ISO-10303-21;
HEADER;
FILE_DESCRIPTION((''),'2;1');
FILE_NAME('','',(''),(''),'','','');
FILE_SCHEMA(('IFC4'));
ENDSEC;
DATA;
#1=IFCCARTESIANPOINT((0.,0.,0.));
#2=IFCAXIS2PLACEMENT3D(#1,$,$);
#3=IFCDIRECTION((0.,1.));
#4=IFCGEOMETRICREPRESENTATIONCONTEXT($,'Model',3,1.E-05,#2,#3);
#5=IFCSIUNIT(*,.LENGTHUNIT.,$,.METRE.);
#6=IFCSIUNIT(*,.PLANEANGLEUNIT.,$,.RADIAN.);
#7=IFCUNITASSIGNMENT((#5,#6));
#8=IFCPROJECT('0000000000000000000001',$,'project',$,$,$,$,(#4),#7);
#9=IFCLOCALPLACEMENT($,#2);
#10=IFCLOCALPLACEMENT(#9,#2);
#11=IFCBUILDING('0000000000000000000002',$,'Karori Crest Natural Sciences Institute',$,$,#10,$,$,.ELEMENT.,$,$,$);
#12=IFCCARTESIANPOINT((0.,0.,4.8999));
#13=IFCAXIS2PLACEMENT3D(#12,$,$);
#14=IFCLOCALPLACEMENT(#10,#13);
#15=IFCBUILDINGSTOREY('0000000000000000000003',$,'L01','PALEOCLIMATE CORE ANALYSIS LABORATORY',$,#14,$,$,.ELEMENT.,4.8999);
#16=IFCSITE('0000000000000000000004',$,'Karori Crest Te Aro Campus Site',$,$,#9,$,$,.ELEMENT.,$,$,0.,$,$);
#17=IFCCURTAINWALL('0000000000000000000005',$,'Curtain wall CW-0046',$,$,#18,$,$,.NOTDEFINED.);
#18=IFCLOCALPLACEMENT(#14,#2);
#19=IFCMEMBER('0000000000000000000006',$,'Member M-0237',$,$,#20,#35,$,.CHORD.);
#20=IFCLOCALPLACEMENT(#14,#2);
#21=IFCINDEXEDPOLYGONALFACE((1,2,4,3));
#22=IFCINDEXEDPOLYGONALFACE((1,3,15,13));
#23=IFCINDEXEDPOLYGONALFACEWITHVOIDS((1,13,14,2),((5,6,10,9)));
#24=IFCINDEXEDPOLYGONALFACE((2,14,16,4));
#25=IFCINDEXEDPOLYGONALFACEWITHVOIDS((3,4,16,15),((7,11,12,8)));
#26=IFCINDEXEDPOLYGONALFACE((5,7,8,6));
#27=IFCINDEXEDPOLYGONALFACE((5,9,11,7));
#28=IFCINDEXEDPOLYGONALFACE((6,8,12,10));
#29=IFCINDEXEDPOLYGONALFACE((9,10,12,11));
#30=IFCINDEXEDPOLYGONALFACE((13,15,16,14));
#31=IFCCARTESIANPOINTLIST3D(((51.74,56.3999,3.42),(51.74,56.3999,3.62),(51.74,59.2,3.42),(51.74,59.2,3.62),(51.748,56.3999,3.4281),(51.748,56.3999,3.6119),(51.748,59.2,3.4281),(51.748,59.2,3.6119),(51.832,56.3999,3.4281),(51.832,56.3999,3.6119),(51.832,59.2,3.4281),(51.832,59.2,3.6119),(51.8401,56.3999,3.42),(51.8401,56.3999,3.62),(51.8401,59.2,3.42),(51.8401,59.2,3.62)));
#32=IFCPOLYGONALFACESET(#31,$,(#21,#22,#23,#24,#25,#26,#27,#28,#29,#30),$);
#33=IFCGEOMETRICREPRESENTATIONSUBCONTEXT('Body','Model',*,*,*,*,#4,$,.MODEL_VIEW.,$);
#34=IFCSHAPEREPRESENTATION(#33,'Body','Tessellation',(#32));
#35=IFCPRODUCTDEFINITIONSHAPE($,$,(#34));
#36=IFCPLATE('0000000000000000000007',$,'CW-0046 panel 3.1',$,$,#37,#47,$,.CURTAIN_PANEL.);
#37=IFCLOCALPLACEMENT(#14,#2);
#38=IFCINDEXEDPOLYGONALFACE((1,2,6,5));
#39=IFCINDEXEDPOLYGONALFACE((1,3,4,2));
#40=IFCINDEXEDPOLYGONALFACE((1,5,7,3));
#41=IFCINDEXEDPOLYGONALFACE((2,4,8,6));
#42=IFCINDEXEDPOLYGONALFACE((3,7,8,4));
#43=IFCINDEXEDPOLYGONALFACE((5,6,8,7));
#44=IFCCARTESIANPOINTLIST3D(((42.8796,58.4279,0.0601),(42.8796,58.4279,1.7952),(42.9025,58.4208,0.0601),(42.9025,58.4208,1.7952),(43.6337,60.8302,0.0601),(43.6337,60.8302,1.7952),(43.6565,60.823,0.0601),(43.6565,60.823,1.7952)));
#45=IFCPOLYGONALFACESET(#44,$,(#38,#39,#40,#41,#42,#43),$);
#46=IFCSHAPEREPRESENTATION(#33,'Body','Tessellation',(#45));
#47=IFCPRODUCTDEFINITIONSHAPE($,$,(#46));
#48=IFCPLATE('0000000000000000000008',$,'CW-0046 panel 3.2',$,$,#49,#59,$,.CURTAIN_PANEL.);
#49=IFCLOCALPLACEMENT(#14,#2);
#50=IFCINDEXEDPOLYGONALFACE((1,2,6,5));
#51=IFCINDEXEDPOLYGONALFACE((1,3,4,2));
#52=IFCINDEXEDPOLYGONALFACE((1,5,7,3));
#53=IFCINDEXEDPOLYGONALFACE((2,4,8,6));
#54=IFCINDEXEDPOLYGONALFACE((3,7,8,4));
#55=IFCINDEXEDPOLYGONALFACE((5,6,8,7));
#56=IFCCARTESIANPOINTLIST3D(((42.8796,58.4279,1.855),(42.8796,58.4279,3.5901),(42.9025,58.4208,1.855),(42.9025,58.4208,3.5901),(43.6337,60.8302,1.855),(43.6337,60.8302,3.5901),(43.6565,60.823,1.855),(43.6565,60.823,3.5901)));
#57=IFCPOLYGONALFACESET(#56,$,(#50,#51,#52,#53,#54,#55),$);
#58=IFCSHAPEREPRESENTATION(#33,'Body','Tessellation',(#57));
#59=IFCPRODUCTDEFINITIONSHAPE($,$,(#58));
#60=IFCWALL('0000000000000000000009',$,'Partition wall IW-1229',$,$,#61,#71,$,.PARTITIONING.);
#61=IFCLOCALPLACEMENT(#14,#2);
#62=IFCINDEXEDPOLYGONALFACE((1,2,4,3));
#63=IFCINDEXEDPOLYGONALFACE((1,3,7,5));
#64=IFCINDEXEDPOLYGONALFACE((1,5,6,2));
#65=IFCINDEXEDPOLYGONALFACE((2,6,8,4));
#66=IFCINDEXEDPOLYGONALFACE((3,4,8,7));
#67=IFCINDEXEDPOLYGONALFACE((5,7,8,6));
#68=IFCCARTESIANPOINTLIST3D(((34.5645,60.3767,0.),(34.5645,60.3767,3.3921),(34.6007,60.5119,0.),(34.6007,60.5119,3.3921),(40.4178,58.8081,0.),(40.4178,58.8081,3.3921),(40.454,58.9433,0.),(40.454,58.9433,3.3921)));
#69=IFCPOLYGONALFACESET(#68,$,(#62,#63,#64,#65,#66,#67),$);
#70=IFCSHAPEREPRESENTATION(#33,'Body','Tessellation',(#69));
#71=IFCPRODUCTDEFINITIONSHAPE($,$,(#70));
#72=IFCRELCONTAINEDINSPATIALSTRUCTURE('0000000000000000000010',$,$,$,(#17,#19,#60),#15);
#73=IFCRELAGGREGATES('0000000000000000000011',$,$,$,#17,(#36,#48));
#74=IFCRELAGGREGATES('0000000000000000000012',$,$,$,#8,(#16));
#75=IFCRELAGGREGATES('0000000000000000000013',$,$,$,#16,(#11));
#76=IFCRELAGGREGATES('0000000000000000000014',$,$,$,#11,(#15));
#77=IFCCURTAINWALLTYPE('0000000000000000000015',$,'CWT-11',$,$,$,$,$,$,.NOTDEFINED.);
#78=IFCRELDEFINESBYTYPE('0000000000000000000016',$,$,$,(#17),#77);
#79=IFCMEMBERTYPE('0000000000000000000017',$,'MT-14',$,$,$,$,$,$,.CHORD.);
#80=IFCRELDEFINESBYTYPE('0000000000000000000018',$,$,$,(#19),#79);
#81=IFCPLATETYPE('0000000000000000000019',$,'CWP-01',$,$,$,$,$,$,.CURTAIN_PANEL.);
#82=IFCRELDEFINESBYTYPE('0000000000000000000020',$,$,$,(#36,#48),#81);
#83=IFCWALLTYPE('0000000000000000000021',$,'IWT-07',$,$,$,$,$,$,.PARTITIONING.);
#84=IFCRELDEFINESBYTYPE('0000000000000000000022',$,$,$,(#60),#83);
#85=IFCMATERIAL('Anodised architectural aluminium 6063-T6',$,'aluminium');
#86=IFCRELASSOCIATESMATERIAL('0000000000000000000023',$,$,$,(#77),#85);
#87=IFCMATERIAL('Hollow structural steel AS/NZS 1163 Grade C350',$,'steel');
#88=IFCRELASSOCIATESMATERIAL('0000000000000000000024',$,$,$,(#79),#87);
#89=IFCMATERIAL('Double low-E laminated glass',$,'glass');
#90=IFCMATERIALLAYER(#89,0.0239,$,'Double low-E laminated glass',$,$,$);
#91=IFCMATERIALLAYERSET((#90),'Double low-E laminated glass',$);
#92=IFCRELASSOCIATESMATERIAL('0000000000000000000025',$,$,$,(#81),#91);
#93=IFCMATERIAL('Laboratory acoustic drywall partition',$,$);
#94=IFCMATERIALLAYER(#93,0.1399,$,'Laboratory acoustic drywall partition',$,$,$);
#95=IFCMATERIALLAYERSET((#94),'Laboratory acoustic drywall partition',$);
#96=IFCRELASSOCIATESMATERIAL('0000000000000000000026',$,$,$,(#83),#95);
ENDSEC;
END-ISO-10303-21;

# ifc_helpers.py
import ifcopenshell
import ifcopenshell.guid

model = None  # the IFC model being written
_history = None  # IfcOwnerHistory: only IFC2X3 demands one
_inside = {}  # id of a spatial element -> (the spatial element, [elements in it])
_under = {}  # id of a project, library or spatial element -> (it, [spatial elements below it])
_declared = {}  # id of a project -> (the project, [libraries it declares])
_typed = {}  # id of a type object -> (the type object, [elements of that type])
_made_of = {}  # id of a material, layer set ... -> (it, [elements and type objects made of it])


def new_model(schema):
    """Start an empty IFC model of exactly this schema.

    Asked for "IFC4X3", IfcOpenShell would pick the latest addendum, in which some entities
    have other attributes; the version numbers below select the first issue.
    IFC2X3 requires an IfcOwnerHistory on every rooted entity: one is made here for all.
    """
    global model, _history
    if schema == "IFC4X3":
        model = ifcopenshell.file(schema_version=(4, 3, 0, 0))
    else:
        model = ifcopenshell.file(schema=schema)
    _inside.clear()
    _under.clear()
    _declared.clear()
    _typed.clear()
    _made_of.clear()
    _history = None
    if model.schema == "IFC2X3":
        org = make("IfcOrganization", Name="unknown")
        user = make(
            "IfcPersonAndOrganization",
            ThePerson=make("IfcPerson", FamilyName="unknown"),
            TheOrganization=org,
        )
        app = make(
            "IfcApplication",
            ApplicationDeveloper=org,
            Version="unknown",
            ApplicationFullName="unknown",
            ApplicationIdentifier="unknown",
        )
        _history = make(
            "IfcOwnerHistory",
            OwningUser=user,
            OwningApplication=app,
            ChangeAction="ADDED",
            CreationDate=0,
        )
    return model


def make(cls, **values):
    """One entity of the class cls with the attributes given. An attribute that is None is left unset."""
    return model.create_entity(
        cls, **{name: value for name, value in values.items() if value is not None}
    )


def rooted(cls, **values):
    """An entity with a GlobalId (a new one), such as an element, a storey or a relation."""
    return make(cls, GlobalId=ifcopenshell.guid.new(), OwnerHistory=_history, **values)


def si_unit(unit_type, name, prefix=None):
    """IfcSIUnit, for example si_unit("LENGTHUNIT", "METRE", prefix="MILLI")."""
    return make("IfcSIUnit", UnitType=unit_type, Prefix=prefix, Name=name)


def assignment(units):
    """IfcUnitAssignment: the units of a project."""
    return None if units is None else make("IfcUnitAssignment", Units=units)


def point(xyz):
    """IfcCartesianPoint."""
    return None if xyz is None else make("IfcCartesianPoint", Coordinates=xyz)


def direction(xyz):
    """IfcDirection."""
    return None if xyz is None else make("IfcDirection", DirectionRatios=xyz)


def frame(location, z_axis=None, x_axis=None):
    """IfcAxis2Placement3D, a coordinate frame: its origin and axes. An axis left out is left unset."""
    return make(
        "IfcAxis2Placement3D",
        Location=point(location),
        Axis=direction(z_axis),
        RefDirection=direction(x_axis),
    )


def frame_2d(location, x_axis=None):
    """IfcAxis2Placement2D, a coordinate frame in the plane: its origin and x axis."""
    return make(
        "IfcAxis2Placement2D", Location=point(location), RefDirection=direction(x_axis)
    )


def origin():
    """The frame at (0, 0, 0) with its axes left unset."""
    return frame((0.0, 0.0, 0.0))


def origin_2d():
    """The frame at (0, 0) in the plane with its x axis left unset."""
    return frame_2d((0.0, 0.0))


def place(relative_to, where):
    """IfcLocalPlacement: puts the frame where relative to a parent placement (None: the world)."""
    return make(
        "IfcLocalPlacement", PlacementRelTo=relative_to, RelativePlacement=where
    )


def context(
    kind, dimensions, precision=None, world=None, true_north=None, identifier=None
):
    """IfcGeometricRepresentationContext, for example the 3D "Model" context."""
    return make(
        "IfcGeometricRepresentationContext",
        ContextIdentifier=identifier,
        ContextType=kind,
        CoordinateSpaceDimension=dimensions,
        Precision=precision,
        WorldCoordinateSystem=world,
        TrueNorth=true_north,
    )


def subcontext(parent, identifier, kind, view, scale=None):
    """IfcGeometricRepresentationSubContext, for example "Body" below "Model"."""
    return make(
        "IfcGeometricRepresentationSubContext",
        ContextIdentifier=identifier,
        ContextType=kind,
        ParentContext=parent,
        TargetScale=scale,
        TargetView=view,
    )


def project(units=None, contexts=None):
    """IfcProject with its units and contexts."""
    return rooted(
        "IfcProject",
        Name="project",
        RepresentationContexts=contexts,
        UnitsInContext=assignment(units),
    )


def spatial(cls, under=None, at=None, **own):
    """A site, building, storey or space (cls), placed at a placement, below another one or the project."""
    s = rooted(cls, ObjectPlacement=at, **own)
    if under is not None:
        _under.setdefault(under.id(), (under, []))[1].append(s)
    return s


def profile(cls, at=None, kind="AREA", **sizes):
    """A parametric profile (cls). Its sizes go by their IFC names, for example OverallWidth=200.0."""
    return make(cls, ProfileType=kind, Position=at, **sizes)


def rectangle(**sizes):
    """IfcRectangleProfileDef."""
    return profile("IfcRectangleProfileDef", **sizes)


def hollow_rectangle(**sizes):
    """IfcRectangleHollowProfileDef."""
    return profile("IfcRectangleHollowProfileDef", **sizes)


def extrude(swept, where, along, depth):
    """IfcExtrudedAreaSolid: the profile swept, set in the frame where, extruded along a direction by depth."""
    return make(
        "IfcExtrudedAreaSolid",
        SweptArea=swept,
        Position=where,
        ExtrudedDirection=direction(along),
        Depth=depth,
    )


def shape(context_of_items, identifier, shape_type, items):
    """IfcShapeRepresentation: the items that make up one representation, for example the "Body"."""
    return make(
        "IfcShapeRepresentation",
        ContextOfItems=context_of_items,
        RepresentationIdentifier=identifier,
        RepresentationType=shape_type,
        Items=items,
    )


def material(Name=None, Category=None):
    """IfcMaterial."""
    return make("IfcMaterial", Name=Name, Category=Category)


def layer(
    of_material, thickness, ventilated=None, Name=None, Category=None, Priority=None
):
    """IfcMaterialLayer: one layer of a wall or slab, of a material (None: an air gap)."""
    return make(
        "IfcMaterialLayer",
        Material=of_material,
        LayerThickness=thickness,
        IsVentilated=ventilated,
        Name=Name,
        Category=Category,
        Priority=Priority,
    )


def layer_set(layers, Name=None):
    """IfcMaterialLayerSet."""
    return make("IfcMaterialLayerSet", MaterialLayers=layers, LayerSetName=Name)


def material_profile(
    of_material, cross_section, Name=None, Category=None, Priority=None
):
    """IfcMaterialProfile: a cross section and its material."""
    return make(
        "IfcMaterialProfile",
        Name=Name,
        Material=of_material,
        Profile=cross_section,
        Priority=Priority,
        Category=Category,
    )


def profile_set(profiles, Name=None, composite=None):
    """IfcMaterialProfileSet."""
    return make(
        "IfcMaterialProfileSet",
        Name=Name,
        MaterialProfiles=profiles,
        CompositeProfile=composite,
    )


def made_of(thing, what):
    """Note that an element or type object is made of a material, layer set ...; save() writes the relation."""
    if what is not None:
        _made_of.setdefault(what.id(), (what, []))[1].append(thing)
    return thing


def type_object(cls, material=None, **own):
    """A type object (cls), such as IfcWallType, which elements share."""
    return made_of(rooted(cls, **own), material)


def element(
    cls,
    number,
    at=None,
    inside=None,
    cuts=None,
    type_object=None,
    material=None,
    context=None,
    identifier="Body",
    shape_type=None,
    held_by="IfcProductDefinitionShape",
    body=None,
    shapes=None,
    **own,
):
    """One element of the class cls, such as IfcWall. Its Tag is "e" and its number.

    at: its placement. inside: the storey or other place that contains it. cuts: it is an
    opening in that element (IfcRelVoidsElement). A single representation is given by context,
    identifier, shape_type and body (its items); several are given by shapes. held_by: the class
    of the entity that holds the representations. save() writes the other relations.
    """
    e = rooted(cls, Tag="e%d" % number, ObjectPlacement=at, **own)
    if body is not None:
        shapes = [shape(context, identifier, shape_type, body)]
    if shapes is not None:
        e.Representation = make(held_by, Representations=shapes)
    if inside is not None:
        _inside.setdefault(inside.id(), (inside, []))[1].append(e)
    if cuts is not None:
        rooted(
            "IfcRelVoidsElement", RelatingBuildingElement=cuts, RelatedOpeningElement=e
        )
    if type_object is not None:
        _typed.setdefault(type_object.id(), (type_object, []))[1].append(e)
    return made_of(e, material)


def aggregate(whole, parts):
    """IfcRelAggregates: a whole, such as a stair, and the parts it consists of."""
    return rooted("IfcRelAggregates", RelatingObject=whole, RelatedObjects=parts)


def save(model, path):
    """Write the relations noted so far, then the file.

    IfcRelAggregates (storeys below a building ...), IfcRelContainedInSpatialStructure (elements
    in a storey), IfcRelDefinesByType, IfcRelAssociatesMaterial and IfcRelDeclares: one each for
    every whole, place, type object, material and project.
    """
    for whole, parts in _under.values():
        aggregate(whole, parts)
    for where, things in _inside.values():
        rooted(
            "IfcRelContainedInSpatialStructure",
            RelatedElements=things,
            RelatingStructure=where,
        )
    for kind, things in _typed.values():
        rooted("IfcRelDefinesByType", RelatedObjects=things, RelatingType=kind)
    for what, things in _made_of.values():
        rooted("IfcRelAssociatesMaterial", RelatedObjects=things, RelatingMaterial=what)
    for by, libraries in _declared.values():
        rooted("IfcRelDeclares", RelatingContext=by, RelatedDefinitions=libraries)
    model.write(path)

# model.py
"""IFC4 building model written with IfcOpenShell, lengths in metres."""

from ifc_helpers import new_model, si_unit, direction, frame, frame_2d, origin, origin_2d, place, context, subcontext, project, spatial, rectangle, hollow_rectangle, extrude, material, layer, layer_set, material_profile, profile_set, type_object, element, aggregate, save


model = new_model("IFC4")

# Units and contexts
model_context = context("Model", 3, precision=1e-05, world=origin(), true_north=direction((0.0, 1.0)))
body_context = subcontext(model_context, "Body", "Model", "MODEL_VIEW")
ifc_project = project(units=[si_unit("LENGTHUNIT", "METRE"), si_unit("PLANEANGLEUNIT", "RADIAN")], contexts=[model_context])

# Site, building, storey
site_placement = place(None, origin())
site = spatial("IfcSite", under=ifc_project, at=site_placement, Name="Karori Crest Te Aro Campus Site", CompositionType="ELEMENT", RefElevation=0.0)
building_placement = place(site_placement, origin())
building = spatial("IfcBuilding", under=site, at=building_placement, Name="Karori Crest Natural Sciences Institute", CompositionType="ELEMENT")
storey_placement = place(building_placement, frame((0.0, 0.0, 4.8999)))
storey = spatial("IfcBuildingStorey", under=building, at=storey_placement, Name="L01", Description="PALEOCLIMATE CORE ANALYSIS LABORATORY", CompositionType="ELEMENT", Elevation=4.8999)

# Shared definitions
ifc_material_1 = material(Name="Hollow structural steel AS/NZS 1163 Grade C350", Category="steel")

# Curtain wall
ifc_material_2 = material(Name="Anodised architectural aluminium 6063-T6", Category="aluminium")
curtain_wall_type = type_object("IfcCurtainWallType", Name="CWT-11", PredefinedType="NOTDEFINED", material=ifc_material_2)
curtain_wall_placement = place(storey_placement, origin())
curtain_wall = element("IfcCurtainWall", 1, at=curtain_wall_placement, inside=storey, type_object=curtain_wall_type, Name="Curtain wall CW-0046", PredefinedType="NOTDEFINED")

# Member
ifc_material_profile_1 = material_profile(ifc_material_1, hollow_rectangle(XDim=0.1001, YDim=0.2, WallThickness=0.0081, at=origin_2d()), Name="RHS200x100x8")
ifc_profile_set_1 = profile_set([ifc_material_profile_1], Name="Hollow structural steel AS/NZS 1163 Grade C350")
member_type_1 = type_object("IfcMemberType", Name="MT-14", PredefinedType="CHORD", material=ifc_profile_set_1)
member_1_placement = place(storey_placement, frame((51.79, 56.3999, 3.52), z_axis=(0.0, 1.0, 0.0), x_axis=(-1.0, 0.0, 0.0)))
element("IfcMember", 2, at=member_1_placement, inside=storey, type_object=member_type_1, Name="Member M-0237", PredefinedType="CHORD", context=body_context, shape_type="SweptSolid", body=[
    extrude(hollow_rectangle(XDim=0.1001, YDim=0.2, WallThickness=0.0081, at=origin_2d()), origin(), (0.0, 0.0, 1.0), 2.8),
])

# Plates
ifc_material_3 = material(Name="Double low-E laminated glass", Category="glass")
ifc_layer_1 = layer(ifc_material_3, 0.0239, Name="Double low-E laminated glass")
ifc_layer_set_1 = layer_set([ifc_layer_1], Name="Double low-E laminated glass")
plate_type = type_object("IfcPlateType", Name="CWP-01", PredefinedType="CURTAIN_PANEL", material=ifc_layer_set_1)
plate_1_placement = place(storey_placement, frame((43.2681, 59.6255, 0.0601), z_axis=(0.0, 0.0, 1.0), x_axis=(-0.299477, -0.954104, 0.0)))
plate_1 = element("IfcPlate", 3, at=plate_1_placement, type_object=plate_type, Name="CW-0046 panel 3.1", PredefinedType="CURTAIN_PANEL", context=body_context, shape_type="SweptSolid", body=[
    extrude(rectangle(XDim=2.5178, YDim=0.0239, at=origin_2d()), origin(), (0.0, 0.0, 1.0), 1.7351),
])
plate_2_placement = place(storey_placement, frame((43.2681, 59.6255, 1.855), z_axis=(0.0, 0.0, 1.0), x_axis=(-0.299477, -0.954104, 0.0)))
plate_2 = element("IfcPlate", 4, at=plate_2_placement, type_object=plate_type, Name="CW-0046 panel 3.2", PredefinedType="CURTAIN_PANEL", context=body_context, shape_type="SweptSolid", body=[
    extrude(rectangle(XDim=2.5178, YDim=0.0239, at=origin_2d()), origin(), (0.0, 0.0, 1.0), 1.7351),
])
aggregate(curtain_wall, [plate_1, plate_2])

# Wall
ifc_material_4 = material(Name="Laboratory acoustic drywall partition")
ifc_layer_2 = layer(ifc_material_4, 0.1399, Name="Laboratory acoustic drywall partition")
ifc_layer_set_2 = layer_set([ifc_layer_2], Name="Laboratory acoustic drywall partition")
wall_type_1 = type_object("IfcWallType", Name="IWT-07", PredefinedType="PARTITIONING", material=ifc_layer_set_2)
wall_1_placement = place(storey_placement, frame((40.4358, 58.8757, 0.0), z_axis=(0.0, 0.0, 1.0), x_axis=(-0.965917, 0.258854, 0.0)))
element("IfcWall", 5, at=wall_1_placement, inside=storey, type_object=wall_type_1, Name="Partition wall IW-1229", PredefinedType="PARTITIONING", context=body_context, shape_type="SweptSolid", body=[
    extrude(rectangle(XDim=6.0598, YDim=0.1399, at=frame_2d((3.0298, 0.0))), origin(), (0.0, 0.0, 1.0), 3.3921),
])

save(model, "model.ifc")
